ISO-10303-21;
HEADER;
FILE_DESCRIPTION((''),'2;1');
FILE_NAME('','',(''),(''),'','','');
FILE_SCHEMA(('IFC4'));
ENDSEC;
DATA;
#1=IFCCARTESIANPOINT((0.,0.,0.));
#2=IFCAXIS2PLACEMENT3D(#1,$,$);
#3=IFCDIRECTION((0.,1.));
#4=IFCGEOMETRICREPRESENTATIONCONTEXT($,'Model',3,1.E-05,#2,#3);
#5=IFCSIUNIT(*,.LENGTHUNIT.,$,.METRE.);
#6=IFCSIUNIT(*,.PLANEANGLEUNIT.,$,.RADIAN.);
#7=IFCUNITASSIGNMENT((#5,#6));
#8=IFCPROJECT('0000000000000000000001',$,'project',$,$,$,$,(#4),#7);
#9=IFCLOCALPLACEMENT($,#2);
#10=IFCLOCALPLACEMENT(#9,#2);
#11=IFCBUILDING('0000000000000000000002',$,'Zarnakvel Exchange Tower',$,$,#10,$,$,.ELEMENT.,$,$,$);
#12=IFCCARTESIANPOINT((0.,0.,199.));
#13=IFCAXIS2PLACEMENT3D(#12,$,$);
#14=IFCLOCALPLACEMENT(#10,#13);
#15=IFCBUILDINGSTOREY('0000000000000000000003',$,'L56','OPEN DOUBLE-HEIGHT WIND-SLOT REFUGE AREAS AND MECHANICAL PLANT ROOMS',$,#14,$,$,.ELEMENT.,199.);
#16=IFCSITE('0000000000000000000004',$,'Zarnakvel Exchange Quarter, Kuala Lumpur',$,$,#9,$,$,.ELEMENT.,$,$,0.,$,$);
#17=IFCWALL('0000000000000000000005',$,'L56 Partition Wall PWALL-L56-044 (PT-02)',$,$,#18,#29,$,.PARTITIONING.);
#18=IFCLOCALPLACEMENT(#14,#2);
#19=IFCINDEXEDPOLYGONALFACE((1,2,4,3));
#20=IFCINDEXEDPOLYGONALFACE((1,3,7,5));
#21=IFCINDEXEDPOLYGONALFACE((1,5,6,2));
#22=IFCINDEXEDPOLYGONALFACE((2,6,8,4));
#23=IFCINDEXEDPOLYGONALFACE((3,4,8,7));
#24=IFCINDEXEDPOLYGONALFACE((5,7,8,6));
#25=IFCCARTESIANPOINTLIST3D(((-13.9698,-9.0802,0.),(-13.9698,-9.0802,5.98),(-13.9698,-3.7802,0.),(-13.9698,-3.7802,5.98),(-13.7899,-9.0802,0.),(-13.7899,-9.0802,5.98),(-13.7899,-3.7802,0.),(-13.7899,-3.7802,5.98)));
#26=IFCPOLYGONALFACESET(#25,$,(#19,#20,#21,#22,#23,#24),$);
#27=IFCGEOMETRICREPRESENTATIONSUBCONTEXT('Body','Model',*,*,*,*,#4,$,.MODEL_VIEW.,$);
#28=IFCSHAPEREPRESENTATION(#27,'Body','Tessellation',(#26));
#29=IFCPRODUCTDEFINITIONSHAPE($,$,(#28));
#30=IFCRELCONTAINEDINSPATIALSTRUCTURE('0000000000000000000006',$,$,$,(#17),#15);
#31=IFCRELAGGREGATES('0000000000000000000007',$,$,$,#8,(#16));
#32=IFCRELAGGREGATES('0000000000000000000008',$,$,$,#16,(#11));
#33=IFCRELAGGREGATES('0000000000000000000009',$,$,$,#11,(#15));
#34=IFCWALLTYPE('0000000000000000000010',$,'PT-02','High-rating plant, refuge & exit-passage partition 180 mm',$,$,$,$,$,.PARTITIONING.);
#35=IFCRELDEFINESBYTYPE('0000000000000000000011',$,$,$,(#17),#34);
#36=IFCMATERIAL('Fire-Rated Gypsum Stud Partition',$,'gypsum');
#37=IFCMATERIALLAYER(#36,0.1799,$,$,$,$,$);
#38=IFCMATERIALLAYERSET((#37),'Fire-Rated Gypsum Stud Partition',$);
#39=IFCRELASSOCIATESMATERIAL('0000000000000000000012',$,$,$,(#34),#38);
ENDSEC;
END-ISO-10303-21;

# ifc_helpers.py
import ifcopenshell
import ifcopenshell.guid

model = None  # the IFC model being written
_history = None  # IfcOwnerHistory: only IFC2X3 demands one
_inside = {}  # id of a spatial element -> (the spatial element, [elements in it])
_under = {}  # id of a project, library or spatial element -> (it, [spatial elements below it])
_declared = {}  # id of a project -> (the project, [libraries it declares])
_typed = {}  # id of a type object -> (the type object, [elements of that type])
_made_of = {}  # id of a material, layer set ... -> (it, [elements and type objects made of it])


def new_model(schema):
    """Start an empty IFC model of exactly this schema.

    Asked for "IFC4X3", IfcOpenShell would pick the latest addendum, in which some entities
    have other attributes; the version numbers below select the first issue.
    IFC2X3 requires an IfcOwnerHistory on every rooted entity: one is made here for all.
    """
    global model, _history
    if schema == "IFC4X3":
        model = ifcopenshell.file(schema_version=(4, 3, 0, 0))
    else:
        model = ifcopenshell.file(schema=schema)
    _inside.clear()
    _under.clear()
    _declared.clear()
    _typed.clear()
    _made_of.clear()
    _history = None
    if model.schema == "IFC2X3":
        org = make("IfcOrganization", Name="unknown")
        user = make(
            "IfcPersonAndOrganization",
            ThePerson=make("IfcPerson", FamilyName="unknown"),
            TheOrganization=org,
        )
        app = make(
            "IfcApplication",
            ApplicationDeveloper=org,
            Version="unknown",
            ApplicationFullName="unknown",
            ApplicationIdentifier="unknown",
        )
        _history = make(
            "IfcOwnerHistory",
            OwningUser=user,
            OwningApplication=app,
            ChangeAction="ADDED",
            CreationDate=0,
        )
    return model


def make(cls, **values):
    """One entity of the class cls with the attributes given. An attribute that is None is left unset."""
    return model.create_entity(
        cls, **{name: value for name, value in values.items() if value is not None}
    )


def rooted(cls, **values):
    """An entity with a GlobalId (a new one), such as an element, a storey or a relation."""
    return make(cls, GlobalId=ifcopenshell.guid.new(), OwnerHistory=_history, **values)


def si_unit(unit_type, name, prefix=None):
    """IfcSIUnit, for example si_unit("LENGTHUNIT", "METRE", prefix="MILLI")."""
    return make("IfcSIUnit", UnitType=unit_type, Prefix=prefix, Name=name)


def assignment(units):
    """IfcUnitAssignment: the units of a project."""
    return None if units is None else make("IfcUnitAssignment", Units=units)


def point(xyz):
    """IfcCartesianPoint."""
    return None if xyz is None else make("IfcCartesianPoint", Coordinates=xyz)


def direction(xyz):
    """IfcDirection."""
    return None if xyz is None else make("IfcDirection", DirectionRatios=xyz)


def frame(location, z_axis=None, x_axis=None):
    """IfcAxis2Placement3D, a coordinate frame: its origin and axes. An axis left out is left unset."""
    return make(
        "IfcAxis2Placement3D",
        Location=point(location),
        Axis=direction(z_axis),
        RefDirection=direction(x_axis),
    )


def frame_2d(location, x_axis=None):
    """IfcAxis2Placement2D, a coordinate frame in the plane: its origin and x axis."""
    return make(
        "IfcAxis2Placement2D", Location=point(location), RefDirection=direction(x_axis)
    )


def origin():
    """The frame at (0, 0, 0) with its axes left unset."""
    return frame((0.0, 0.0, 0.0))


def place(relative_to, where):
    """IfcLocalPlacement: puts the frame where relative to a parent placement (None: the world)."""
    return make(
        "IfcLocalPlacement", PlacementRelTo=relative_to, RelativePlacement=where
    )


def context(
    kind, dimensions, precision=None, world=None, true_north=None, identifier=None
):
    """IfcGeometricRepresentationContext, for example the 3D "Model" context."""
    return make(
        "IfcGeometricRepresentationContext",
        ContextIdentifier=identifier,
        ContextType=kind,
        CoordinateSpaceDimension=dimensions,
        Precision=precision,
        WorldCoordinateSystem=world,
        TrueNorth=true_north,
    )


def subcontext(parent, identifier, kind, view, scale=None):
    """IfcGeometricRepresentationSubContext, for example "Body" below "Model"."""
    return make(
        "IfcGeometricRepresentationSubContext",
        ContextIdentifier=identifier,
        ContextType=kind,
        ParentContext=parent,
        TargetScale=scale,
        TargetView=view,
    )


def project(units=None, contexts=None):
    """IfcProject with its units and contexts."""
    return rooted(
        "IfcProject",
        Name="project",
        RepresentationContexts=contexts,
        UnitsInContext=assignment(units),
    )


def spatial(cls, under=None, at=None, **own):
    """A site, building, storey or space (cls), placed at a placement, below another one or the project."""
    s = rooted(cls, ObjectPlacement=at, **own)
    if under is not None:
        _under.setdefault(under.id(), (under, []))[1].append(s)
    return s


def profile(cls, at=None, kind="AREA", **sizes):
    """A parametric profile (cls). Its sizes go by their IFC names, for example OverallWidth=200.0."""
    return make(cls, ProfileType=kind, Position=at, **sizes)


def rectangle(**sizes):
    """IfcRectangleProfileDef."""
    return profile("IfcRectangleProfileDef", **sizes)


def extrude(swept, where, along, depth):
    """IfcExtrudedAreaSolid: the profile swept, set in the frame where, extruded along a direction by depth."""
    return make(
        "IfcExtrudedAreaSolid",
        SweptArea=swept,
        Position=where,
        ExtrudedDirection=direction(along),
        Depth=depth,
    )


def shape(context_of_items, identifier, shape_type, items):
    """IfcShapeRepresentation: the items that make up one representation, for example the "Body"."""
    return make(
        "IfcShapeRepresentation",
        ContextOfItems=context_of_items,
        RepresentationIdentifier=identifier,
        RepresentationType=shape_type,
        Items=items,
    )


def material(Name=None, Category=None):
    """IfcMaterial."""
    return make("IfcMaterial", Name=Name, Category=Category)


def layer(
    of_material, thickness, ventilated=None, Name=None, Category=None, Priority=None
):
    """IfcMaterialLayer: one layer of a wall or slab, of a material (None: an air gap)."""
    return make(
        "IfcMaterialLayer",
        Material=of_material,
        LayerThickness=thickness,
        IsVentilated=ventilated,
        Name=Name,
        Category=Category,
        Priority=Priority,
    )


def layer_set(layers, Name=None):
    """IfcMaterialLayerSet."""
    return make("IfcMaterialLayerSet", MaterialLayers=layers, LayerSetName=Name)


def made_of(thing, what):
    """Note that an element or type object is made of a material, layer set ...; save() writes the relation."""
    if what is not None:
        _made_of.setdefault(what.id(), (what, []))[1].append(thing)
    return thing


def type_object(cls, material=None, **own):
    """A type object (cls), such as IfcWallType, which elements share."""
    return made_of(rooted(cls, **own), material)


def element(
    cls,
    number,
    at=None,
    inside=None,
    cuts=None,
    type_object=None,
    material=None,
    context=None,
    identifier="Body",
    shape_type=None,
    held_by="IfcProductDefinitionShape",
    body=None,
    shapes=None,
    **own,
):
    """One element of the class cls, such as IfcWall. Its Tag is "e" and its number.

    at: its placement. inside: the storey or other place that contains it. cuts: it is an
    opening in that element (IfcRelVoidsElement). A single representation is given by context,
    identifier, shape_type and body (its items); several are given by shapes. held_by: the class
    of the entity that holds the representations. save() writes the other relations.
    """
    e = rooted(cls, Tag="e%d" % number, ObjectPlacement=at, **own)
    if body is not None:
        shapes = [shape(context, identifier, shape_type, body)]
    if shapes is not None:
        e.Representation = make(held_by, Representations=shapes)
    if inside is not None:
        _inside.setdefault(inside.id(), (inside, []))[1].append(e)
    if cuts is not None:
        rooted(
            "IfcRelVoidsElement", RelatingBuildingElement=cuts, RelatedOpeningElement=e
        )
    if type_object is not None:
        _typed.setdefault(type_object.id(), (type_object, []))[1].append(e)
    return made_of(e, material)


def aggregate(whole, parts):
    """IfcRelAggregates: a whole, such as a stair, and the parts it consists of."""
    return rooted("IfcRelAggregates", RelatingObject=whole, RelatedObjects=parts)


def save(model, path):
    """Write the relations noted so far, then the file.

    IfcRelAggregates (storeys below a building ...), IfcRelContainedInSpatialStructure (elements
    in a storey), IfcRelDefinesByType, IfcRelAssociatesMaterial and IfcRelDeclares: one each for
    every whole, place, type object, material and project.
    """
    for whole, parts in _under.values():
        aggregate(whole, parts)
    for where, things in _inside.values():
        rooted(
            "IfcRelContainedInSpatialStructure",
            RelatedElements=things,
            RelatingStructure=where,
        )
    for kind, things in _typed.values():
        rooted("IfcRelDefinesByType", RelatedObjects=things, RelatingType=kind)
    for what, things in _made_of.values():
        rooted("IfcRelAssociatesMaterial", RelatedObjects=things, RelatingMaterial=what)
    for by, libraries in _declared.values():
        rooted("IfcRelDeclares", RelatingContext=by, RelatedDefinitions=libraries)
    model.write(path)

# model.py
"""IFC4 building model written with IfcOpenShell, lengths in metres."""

from ifc_helpers import new_model, si_unit, direction, frame, frame_2d, origin, place, context, subcontext, project, spatial, rectangle, extrude, material, layer, layer_set, type_object, element, save


model = new_model("IFC4")

# Units and contexts
model_context = context("Model", 3, precision=1e-05, world=origin(), true_north=direction((0.0, 1.0)))
body_context = subcontext(model_context, "Body", "Model", "MODEL_VIEW")
ifc_project = project(units=[si_unit("LENGTHUNIT", "METRE"), si_unit("PLANEANGLEUNIT", "RADIAN")], contexts=[model_context])

# Site, building, storey
site_placement = place(None, origin())
site = spatial("IfcSite", under=ifc_project, at=site_placement, Name="Zarnakvel Exchange Quarter, Kuala Lumpur", CompositionType="ELEMENT", RefElevation=0.0)
building_placement = place(site_placement, origin())
building = spatial("IfcBuilding", under=site, at=building_placement, Name="Zarnakvel Exchange Tower", CompositionType="ELEMENT")
storey_placement = place(building_placement, frame((0.0, 0.0, 199.0)))
storey = spatial("IfcBuildingStorey", under=building, at=storey_placement, Name="L56", Description="OPEN DOUBLE-HEIGHT WIND-SLOT REFUGE AREAS AND MECHANICAL PLANT ROOMS", CompositionType="ELEMENT", Elevation=199.0)

# Wall
ifc_material_1 = material(Name="Fire-Rated Gypsum Stud Partition", Category="gypsum")
ifc_layer_1 = layer(ifc_material_1, 0.1799)
ifc_layer_set_1 = layer_set([ifc_layer_1], Name="Fire-Rated Gypsum Stud Partition")
wall_type = type_object("IfcWallType", Name="PT-02", Description="High-rating plant, refuge & exit-passage partition 180 mm", PredefinedType="PARTITIONING", material=ifc_layer_set_1)
wall_1_placement = place(storey_placement, frame((-13.8799, -9.0801, 0.0), z_axis=(0.0, 0.0, 1.0), x_axis=(0.0, 1.0, 0.0)))
element("IfcWall", 1, at=wall_1_placement, inside=storey, type_object=wall_type, Name="L56 Partition Wall PWALL-L56-044 (PT-02)", PredefinedType="PARTITIONING", context=body_context, shape_type="SweptSolid", body=[
    extrude(rectangle(XDim=5.3, YDim=0.1799, at=frame_2d((2.6499, 0.0))), origin(), (0.0, 0.0, 1.0), 5.98),
])

save(model, "model.ifc")
